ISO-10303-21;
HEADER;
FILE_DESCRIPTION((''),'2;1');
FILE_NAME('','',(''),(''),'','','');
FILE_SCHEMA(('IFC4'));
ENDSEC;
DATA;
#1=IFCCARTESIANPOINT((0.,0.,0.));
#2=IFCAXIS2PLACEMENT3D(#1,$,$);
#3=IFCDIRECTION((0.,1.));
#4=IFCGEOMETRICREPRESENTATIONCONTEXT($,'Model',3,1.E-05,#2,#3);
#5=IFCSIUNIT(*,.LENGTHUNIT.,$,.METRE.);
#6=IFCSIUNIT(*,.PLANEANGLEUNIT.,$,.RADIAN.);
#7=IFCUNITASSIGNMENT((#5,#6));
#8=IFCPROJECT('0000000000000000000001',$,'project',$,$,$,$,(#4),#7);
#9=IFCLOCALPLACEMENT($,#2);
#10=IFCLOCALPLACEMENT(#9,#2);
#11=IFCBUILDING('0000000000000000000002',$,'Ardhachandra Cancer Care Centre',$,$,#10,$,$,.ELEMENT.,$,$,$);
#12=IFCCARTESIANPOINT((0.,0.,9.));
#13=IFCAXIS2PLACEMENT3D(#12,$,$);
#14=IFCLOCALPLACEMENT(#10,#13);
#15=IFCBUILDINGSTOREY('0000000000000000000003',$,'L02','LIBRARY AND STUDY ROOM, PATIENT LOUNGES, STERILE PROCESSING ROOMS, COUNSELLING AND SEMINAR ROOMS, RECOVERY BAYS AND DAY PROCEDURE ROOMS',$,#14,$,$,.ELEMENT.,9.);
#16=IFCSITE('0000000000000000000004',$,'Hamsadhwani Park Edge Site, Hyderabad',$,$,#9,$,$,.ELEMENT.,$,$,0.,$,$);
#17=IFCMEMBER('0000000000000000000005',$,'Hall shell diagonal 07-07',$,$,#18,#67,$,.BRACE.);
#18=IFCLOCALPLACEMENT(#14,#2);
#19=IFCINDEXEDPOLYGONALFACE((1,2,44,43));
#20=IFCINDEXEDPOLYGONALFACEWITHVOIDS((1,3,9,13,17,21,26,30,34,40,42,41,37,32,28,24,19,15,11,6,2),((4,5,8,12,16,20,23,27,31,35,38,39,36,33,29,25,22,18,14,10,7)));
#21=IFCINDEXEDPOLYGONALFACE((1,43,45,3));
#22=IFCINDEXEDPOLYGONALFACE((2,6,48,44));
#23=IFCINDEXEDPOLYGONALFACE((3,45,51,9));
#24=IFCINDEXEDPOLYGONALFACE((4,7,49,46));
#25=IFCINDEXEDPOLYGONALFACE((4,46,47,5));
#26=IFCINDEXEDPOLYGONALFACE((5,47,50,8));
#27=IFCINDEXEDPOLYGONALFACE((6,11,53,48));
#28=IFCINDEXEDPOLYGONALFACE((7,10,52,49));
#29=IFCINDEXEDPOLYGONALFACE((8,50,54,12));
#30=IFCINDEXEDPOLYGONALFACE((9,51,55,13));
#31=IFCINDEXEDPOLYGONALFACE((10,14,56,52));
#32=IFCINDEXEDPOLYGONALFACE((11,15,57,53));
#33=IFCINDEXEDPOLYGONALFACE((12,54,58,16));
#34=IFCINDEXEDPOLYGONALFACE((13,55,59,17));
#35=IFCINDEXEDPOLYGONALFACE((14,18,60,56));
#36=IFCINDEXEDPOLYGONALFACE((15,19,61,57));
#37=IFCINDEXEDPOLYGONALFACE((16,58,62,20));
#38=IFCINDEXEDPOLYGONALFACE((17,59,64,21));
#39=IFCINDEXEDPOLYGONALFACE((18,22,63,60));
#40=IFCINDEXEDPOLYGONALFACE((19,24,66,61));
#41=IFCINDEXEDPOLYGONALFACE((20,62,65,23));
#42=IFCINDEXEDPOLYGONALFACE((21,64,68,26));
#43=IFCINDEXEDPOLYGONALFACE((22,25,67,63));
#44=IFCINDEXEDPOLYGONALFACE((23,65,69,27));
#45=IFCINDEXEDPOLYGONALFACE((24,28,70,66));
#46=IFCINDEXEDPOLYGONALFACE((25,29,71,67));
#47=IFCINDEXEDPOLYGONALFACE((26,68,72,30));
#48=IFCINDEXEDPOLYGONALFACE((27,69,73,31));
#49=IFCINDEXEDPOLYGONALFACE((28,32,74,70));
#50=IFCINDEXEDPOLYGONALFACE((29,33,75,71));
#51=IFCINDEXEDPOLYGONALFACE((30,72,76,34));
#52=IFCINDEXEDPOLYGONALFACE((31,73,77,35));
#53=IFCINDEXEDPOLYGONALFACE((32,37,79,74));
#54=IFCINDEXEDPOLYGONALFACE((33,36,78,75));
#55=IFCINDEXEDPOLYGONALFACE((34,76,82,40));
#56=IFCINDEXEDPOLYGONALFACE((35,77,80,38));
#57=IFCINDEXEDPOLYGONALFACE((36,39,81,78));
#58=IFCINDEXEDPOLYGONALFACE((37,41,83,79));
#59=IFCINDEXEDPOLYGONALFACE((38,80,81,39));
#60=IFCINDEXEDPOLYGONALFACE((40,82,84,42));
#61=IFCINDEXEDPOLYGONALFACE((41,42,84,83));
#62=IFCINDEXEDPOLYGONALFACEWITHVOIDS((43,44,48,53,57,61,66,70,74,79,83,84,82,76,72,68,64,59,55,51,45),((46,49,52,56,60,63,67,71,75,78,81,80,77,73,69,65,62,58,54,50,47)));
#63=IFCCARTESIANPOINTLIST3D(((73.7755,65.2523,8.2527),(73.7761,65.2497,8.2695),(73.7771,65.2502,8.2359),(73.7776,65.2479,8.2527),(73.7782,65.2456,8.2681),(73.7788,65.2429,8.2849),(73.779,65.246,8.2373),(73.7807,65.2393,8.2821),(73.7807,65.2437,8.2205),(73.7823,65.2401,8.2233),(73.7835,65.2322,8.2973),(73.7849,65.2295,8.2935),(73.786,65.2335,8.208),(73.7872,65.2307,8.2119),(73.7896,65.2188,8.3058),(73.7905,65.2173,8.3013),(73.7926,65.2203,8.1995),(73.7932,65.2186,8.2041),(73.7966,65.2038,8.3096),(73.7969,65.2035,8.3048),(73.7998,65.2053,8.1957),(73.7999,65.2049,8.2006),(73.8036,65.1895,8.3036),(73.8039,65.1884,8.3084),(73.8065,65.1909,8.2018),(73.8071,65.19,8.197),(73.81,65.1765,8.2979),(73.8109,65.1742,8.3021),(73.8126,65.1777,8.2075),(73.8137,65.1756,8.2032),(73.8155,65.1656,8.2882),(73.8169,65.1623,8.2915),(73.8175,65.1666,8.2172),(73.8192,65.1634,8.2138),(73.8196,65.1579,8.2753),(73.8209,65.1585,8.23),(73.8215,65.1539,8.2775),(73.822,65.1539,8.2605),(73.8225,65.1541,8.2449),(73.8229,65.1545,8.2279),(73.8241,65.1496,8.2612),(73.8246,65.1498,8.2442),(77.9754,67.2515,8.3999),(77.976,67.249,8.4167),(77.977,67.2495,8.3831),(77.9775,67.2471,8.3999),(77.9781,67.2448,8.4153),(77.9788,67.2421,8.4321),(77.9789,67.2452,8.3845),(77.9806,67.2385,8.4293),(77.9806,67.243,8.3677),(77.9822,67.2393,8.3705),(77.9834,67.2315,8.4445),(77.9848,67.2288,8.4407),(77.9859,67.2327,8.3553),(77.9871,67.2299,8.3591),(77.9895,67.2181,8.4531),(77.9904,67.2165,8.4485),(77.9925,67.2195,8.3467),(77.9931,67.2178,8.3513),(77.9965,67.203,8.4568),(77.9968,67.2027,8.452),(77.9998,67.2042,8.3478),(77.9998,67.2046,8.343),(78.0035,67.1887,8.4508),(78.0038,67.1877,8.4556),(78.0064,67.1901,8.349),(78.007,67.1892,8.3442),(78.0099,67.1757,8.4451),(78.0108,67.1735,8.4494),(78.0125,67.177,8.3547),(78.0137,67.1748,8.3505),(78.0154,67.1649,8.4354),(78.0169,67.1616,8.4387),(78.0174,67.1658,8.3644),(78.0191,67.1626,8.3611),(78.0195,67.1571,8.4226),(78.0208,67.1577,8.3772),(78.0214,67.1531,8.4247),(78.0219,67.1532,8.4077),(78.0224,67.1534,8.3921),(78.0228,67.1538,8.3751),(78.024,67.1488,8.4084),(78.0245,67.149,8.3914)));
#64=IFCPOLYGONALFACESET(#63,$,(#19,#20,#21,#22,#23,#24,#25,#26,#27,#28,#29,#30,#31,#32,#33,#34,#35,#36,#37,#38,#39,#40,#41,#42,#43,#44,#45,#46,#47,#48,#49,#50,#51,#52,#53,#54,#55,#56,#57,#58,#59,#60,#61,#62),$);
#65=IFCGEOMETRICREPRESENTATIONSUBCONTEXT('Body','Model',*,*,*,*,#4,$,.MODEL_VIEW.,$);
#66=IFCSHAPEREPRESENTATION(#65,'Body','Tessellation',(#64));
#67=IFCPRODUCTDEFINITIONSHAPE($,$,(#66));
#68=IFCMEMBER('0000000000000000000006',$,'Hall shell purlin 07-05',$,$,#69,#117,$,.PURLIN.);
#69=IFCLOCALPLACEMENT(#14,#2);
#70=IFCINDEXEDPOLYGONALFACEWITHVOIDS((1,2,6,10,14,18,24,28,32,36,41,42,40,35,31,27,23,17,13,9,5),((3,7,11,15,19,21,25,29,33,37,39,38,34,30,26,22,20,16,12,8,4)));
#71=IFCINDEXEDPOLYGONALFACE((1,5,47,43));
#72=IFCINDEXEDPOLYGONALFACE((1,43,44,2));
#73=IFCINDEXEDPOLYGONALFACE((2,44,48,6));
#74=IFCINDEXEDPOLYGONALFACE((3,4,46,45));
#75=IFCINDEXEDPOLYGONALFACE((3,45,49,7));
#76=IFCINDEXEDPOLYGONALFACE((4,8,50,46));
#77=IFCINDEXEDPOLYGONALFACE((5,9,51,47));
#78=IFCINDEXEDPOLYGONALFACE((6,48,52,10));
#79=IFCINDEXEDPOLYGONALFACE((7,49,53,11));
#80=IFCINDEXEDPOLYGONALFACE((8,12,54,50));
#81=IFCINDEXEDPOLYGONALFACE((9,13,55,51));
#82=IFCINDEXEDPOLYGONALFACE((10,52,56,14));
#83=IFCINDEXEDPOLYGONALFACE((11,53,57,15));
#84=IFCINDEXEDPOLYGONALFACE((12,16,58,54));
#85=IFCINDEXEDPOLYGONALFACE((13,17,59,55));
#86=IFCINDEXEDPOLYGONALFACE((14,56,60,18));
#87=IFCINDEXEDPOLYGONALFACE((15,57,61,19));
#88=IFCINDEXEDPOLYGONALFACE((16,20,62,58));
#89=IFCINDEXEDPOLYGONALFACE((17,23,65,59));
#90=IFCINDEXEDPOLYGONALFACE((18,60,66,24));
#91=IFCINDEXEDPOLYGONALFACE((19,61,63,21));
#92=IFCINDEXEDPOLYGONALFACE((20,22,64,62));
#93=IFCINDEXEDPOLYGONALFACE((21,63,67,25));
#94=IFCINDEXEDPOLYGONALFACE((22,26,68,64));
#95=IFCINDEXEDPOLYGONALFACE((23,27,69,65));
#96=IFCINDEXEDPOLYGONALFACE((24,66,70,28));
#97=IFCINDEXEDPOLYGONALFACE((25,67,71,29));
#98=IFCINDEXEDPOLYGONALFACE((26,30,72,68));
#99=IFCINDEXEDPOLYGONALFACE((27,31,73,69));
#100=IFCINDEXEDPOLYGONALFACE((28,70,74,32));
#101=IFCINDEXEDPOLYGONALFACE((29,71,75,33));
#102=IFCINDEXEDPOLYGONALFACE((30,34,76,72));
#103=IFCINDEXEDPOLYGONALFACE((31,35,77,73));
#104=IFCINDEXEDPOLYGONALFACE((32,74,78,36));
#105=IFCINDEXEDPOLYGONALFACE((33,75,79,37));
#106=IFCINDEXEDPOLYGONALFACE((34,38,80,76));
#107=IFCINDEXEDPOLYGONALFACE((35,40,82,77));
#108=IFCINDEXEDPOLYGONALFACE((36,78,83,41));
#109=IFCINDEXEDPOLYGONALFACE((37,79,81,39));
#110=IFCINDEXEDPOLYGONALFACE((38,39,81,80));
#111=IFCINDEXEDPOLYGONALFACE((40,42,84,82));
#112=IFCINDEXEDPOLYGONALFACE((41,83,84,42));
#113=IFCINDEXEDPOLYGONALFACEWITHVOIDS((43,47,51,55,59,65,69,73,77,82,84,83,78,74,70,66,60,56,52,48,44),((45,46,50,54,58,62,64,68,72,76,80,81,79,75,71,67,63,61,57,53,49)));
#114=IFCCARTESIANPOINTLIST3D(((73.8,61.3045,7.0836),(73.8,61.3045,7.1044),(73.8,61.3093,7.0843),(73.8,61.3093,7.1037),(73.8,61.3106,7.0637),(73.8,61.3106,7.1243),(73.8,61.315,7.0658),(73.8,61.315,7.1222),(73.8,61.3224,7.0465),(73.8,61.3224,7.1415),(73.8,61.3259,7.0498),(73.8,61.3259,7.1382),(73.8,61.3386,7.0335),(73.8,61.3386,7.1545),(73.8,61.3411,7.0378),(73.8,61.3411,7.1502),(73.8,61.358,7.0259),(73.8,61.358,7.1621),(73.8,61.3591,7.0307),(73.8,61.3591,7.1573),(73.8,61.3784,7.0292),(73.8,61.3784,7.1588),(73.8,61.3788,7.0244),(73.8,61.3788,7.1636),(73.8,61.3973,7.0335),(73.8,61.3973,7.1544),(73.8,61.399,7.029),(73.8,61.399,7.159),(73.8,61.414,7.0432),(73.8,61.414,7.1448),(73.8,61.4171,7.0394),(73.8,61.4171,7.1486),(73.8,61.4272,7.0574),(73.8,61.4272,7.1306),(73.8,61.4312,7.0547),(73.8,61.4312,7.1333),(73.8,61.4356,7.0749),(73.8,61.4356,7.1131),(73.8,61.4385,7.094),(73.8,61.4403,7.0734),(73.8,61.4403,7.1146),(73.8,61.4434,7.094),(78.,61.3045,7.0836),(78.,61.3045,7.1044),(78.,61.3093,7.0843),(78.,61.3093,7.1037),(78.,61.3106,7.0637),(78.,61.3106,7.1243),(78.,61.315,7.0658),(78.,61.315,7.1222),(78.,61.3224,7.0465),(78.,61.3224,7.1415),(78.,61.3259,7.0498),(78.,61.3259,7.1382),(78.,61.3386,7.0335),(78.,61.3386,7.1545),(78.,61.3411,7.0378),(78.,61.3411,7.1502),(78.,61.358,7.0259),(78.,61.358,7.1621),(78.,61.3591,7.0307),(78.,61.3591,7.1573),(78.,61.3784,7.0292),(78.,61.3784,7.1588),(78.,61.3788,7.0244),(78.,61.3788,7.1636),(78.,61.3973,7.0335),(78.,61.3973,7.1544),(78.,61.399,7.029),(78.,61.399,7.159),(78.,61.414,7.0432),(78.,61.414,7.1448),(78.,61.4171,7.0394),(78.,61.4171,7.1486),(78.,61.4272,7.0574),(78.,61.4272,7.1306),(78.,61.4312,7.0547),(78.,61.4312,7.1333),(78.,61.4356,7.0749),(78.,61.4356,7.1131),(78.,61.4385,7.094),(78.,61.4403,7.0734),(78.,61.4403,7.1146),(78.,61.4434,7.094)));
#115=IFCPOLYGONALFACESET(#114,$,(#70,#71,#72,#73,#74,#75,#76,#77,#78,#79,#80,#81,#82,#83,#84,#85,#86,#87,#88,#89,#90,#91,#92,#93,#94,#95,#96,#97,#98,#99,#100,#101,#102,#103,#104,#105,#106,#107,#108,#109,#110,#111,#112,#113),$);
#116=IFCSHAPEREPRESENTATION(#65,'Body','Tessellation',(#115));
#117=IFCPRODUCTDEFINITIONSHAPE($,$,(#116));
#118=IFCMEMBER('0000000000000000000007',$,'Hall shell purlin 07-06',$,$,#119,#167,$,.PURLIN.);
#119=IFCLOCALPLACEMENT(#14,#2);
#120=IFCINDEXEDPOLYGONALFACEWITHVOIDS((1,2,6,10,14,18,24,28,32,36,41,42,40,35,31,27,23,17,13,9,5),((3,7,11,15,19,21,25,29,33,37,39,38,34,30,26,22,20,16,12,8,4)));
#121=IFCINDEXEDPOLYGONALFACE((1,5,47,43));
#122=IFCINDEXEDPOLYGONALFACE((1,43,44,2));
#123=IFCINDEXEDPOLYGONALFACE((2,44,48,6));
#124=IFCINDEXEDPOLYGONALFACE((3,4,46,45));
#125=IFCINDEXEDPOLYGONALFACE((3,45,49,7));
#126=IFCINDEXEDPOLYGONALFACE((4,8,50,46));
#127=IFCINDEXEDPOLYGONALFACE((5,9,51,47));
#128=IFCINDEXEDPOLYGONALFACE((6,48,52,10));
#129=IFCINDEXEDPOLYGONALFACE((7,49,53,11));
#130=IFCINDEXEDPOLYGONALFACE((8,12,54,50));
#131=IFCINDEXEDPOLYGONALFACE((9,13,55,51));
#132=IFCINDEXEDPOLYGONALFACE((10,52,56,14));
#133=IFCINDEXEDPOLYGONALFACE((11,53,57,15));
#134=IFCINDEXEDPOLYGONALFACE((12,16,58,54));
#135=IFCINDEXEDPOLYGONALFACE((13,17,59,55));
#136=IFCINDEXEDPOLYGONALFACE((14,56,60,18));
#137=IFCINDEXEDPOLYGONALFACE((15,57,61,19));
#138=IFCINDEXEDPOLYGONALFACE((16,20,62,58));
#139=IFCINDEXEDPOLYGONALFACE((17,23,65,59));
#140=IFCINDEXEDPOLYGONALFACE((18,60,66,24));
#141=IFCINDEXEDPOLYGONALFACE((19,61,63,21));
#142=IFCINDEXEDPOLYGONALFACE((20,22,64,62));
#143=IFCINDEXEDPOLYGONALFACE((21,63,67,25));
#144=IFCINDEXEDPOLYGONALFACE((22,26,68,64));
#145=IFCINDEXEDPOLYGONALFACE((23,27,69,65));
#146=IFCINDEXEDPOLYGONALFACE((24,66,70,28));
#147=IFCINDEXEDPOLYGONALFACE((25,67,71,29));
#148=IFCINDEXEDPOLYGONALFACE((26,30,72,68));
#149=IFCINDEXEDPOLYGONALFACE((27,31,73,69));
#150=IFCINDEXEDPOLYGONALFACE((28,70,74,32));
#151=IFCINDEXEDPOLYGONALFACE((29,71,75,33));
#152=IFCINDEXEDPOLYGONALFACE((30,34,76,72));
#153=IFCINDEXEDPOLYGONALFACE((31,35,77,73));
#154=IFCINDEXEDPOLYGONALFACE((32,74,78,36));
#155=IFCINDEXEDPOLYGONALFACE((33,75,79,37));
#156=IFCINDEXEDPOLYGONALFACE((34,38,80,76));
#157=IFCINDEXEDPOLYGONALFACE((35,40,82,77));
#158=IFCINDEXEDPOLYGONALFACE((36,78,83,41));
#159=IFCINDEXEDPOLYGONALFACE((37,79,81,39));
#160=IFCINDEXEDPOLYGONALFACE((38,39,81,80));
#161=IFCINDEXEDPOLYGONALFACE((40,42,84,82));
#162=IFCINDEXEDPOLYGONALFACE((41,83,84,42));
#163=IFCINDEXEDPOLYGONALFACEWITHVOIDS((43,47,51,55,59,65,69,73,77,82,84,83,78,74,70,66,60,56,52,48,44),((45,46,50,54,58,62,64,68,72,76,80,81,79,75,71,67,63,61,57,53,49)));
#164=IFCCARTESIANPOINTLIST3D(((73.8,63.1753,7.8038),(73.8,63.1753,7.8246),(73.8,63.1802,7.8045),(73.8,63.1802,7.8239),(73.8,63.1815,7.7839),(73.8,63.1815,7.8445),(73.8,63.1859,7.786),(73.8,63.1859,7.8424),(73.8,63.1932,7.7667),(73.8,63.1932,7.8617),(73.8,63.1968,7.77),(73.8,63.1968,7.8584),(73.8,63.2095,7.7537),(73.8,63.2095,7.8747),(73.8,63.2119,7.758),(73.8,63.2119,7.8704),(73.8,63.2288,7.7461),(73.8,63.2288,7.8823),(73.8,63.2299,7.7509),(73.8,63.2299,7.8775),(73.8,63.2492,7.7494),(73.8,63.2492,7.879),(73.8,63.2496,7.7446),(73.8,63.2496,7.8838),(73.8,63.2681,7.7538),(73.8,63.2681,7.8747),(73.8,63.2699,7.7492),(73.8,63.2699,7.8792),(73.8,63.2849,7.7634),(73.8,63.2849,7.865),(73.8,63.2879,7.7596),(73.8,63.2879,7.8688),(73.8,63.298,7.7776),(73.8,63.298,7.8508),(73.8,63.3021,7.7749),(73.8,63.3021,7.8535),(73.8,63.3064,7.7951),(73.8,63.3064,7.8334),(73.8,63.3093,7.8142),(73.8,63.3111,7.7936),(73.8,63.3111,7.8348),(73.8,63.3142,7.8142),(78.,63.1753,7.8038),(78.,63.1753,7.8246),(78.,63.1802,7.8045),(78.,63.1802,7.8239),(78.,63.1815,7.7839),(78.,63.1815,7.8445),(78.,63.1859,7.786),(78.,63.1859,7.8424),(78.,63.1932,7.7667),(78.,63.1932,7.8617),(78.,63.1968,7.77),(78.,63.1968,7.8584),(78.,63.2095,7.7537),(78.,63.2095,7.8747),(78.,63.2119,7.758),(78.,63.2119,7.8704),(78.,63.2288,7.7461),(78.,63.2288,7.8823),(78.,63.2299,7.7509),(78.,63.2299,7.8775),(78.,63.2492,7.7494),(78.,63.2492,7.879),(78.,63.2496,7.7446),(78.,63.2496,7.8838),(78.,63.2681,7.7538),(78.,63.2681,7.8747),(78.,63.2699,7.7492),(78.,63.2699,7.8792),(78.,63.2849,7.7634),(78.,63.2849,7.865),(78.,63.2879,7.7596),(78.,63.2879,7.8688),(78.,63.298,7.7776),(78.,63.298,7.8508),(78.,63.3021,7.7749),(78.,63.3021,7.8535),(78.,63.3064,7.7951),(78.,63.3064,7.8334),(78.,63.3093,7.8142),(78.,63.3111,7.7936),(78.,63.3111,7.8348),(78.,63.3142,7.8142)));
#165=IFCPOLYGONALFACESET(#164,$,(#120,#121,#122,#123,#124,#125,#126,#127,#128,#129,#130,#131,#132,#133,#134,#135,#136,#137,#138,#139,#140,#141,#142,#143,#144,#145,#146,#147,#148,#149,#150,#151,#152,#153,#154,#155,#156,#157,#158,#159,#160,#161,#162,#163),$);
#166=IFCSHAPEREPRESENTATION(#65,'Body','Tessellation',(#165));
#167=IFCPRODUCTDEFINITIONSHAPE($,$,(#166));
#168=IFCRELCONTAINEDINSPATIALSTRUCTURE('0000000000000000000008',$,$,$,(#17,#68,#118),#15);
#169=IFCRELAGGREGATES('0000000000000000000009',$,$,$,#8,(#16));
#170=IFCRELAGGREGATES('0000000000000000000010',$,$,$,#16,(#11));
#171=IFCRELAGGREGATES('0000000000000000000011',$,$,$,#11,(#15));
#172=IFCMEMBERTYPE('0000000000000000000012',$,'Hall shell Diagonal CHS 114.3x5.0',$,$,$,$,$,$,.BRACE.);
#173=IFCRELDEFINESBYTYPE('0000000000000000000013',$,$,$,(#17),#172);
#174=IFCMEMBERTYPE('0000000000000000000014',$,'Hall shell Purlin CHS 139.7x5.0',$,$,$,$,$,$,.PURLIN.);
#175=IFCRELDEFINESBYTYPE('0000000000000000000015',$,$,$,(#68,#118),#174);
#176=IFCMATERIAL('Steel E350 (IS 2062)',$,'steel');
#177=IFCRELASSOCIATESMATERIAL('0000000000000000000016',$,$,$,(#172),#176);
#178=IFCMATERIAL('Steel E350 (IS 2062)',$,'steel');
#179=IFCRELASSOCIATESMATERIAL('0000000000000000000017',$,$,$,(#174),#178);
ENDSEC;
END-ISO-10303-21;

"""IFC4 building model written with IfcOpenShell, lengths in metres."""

from ifc_helpers import new_model, si_unit, direction, frame, origin, origin_2d, place, context, subcontext, project, spatial, hollow_circle, extrude, material, material_profile, profile_set, type_object, element, save


model = new_model("IFC4")

# Units and contexts
model_context = context("Model", 3, precision=1e-05, world=origin(), true_north=direction((0.0, 1.0)))
body_context = subcontext(model_context, "Body", "Model", "MODEL_VIEW")
ifc_project = project(units=[si_unit("LENGTHUNIT", "METRE"), si_unit("PLANEANGLEUNIT", "RADIAN")], contexts=[model_context])

# Site, building, storey
site_placement = place(None, origin())
site = spatial("IfcSite", under=ifc_project, at=site_placement, Name="Hamsadhwani Park Edge Site, Hyderabad", CompositionType="ELEMENT", RefElevation=0.0)
building_placement = place(site_placement, origin())
building = spatial("IfcBuilding", under=site, at=building_placement, Name="Ardhachandra Cancer Care Centre", CompositionType="ELEMENT")
storey_placement = place(building_placement, frame((0.0, 0.0, 9.0)))
storey = spatial("IfcBuildingStorey", under=building, at=storey_placement, Name="L02", Description="LIBRARY AND STUDY ROOM, PATIENT LOUNGES, STERILE PROCESSING ROOMS, COUNSELLING AND SEMINAR ROOMS, RECOVERY BAYS AND DAY PROCEDURE ROOMS", CompositionType="ELEMENT", Elevation=9.0)

# Members
ifc_material_1 = material(Name="Steel E350 (IS 2062)", Category="steel")
ifc_material_profile_1 = material_profile(ifc_material_1, hollow_circle(Radius=0.0571, WallThickness=0.0049, at=origin_2d()), Name="CHS 114.3x5.0")
ifc_profile_set_1 = profile_set([ifc_material_profile_1], Name="Steel E350 (IS 2062)")
member_type_1 = type_object("IfcMemberType", Name="Hall shell Diagonal CHS 114.3x5.0", PredefinedType="BRACE", material=ifc_profile_set_1)
for number, where, z_axis, x_axis, name in (
    (1, (73.8, 65.2007, 8.2527), (0.902468, 0.429594, 0.031633), (-0.429809, 0.90292, 0.0), "Hall shell diagonal 07-07"),
):
    element("IfcMember", number, at=place(storey_placement, frame(where, z_axis=z_axis, x_axis=x_axis)), inside=storey, type_object=member_type_1, Name=name, PredefinedType="BRACE", context=body_context, shape_type="SweptSolid", body=[
        extrude(hollow_circle(Radius=0.0571, WallThickness=0.0049, at=origin_2d()), origin(), (0.0, 0.0, 1.0), 4.6538),
    ])
ifc_material_2 = material(Name="Steel E350 (IS 2062)", Category="steel")
ifc_material_profile_2 = material_profile(ifc_material_2, hollow_circle(Radius=0.0698, WallThickness=0.0049, at=origin_2d()), Name="CHS 139.7x5.0")
ifc_profile_set_2 = profile_set([ifc_material_profile_2], Name="Steel E350 (IS 2062)")
member_type_2 = type_object("IfcMemberType", Name="Hall shell Purlin CHS 139.7x5.0", PredefinedType="PURLIN", material=ifc_profile_set_2)
for number, where, z_axis, x_axis, name in (
    (2, (73.8, 61.3735, 7.094), (1.0, 0.0, 0.0), (0.0, 1.0, 0.0), "Hall shell purlin 07-05"),
    (3, (73.8, 63.2444, 7.8142), (1.0, 0.0, 0.0), (0.0, 1.0, 0.0), "Hall shell purlin 07-06"),
):
    element("IfcMember", number, at=place(storey_placement, frame(where, z_axis=z_axis, x_axis=x_axis)), inside=storey, type_object=member_type_2, Name=name, PredefinedType="PURLIN", context=body_context, shape_type="SweptSolid", body=[
        extrude(hollow_circle(Radius=0.0698, WallThickness=0.0049, at=origin_2d()), origin(), (0.0, 0.0, 1.0), 4.2),
    ])

save(model, "model.ifc")
